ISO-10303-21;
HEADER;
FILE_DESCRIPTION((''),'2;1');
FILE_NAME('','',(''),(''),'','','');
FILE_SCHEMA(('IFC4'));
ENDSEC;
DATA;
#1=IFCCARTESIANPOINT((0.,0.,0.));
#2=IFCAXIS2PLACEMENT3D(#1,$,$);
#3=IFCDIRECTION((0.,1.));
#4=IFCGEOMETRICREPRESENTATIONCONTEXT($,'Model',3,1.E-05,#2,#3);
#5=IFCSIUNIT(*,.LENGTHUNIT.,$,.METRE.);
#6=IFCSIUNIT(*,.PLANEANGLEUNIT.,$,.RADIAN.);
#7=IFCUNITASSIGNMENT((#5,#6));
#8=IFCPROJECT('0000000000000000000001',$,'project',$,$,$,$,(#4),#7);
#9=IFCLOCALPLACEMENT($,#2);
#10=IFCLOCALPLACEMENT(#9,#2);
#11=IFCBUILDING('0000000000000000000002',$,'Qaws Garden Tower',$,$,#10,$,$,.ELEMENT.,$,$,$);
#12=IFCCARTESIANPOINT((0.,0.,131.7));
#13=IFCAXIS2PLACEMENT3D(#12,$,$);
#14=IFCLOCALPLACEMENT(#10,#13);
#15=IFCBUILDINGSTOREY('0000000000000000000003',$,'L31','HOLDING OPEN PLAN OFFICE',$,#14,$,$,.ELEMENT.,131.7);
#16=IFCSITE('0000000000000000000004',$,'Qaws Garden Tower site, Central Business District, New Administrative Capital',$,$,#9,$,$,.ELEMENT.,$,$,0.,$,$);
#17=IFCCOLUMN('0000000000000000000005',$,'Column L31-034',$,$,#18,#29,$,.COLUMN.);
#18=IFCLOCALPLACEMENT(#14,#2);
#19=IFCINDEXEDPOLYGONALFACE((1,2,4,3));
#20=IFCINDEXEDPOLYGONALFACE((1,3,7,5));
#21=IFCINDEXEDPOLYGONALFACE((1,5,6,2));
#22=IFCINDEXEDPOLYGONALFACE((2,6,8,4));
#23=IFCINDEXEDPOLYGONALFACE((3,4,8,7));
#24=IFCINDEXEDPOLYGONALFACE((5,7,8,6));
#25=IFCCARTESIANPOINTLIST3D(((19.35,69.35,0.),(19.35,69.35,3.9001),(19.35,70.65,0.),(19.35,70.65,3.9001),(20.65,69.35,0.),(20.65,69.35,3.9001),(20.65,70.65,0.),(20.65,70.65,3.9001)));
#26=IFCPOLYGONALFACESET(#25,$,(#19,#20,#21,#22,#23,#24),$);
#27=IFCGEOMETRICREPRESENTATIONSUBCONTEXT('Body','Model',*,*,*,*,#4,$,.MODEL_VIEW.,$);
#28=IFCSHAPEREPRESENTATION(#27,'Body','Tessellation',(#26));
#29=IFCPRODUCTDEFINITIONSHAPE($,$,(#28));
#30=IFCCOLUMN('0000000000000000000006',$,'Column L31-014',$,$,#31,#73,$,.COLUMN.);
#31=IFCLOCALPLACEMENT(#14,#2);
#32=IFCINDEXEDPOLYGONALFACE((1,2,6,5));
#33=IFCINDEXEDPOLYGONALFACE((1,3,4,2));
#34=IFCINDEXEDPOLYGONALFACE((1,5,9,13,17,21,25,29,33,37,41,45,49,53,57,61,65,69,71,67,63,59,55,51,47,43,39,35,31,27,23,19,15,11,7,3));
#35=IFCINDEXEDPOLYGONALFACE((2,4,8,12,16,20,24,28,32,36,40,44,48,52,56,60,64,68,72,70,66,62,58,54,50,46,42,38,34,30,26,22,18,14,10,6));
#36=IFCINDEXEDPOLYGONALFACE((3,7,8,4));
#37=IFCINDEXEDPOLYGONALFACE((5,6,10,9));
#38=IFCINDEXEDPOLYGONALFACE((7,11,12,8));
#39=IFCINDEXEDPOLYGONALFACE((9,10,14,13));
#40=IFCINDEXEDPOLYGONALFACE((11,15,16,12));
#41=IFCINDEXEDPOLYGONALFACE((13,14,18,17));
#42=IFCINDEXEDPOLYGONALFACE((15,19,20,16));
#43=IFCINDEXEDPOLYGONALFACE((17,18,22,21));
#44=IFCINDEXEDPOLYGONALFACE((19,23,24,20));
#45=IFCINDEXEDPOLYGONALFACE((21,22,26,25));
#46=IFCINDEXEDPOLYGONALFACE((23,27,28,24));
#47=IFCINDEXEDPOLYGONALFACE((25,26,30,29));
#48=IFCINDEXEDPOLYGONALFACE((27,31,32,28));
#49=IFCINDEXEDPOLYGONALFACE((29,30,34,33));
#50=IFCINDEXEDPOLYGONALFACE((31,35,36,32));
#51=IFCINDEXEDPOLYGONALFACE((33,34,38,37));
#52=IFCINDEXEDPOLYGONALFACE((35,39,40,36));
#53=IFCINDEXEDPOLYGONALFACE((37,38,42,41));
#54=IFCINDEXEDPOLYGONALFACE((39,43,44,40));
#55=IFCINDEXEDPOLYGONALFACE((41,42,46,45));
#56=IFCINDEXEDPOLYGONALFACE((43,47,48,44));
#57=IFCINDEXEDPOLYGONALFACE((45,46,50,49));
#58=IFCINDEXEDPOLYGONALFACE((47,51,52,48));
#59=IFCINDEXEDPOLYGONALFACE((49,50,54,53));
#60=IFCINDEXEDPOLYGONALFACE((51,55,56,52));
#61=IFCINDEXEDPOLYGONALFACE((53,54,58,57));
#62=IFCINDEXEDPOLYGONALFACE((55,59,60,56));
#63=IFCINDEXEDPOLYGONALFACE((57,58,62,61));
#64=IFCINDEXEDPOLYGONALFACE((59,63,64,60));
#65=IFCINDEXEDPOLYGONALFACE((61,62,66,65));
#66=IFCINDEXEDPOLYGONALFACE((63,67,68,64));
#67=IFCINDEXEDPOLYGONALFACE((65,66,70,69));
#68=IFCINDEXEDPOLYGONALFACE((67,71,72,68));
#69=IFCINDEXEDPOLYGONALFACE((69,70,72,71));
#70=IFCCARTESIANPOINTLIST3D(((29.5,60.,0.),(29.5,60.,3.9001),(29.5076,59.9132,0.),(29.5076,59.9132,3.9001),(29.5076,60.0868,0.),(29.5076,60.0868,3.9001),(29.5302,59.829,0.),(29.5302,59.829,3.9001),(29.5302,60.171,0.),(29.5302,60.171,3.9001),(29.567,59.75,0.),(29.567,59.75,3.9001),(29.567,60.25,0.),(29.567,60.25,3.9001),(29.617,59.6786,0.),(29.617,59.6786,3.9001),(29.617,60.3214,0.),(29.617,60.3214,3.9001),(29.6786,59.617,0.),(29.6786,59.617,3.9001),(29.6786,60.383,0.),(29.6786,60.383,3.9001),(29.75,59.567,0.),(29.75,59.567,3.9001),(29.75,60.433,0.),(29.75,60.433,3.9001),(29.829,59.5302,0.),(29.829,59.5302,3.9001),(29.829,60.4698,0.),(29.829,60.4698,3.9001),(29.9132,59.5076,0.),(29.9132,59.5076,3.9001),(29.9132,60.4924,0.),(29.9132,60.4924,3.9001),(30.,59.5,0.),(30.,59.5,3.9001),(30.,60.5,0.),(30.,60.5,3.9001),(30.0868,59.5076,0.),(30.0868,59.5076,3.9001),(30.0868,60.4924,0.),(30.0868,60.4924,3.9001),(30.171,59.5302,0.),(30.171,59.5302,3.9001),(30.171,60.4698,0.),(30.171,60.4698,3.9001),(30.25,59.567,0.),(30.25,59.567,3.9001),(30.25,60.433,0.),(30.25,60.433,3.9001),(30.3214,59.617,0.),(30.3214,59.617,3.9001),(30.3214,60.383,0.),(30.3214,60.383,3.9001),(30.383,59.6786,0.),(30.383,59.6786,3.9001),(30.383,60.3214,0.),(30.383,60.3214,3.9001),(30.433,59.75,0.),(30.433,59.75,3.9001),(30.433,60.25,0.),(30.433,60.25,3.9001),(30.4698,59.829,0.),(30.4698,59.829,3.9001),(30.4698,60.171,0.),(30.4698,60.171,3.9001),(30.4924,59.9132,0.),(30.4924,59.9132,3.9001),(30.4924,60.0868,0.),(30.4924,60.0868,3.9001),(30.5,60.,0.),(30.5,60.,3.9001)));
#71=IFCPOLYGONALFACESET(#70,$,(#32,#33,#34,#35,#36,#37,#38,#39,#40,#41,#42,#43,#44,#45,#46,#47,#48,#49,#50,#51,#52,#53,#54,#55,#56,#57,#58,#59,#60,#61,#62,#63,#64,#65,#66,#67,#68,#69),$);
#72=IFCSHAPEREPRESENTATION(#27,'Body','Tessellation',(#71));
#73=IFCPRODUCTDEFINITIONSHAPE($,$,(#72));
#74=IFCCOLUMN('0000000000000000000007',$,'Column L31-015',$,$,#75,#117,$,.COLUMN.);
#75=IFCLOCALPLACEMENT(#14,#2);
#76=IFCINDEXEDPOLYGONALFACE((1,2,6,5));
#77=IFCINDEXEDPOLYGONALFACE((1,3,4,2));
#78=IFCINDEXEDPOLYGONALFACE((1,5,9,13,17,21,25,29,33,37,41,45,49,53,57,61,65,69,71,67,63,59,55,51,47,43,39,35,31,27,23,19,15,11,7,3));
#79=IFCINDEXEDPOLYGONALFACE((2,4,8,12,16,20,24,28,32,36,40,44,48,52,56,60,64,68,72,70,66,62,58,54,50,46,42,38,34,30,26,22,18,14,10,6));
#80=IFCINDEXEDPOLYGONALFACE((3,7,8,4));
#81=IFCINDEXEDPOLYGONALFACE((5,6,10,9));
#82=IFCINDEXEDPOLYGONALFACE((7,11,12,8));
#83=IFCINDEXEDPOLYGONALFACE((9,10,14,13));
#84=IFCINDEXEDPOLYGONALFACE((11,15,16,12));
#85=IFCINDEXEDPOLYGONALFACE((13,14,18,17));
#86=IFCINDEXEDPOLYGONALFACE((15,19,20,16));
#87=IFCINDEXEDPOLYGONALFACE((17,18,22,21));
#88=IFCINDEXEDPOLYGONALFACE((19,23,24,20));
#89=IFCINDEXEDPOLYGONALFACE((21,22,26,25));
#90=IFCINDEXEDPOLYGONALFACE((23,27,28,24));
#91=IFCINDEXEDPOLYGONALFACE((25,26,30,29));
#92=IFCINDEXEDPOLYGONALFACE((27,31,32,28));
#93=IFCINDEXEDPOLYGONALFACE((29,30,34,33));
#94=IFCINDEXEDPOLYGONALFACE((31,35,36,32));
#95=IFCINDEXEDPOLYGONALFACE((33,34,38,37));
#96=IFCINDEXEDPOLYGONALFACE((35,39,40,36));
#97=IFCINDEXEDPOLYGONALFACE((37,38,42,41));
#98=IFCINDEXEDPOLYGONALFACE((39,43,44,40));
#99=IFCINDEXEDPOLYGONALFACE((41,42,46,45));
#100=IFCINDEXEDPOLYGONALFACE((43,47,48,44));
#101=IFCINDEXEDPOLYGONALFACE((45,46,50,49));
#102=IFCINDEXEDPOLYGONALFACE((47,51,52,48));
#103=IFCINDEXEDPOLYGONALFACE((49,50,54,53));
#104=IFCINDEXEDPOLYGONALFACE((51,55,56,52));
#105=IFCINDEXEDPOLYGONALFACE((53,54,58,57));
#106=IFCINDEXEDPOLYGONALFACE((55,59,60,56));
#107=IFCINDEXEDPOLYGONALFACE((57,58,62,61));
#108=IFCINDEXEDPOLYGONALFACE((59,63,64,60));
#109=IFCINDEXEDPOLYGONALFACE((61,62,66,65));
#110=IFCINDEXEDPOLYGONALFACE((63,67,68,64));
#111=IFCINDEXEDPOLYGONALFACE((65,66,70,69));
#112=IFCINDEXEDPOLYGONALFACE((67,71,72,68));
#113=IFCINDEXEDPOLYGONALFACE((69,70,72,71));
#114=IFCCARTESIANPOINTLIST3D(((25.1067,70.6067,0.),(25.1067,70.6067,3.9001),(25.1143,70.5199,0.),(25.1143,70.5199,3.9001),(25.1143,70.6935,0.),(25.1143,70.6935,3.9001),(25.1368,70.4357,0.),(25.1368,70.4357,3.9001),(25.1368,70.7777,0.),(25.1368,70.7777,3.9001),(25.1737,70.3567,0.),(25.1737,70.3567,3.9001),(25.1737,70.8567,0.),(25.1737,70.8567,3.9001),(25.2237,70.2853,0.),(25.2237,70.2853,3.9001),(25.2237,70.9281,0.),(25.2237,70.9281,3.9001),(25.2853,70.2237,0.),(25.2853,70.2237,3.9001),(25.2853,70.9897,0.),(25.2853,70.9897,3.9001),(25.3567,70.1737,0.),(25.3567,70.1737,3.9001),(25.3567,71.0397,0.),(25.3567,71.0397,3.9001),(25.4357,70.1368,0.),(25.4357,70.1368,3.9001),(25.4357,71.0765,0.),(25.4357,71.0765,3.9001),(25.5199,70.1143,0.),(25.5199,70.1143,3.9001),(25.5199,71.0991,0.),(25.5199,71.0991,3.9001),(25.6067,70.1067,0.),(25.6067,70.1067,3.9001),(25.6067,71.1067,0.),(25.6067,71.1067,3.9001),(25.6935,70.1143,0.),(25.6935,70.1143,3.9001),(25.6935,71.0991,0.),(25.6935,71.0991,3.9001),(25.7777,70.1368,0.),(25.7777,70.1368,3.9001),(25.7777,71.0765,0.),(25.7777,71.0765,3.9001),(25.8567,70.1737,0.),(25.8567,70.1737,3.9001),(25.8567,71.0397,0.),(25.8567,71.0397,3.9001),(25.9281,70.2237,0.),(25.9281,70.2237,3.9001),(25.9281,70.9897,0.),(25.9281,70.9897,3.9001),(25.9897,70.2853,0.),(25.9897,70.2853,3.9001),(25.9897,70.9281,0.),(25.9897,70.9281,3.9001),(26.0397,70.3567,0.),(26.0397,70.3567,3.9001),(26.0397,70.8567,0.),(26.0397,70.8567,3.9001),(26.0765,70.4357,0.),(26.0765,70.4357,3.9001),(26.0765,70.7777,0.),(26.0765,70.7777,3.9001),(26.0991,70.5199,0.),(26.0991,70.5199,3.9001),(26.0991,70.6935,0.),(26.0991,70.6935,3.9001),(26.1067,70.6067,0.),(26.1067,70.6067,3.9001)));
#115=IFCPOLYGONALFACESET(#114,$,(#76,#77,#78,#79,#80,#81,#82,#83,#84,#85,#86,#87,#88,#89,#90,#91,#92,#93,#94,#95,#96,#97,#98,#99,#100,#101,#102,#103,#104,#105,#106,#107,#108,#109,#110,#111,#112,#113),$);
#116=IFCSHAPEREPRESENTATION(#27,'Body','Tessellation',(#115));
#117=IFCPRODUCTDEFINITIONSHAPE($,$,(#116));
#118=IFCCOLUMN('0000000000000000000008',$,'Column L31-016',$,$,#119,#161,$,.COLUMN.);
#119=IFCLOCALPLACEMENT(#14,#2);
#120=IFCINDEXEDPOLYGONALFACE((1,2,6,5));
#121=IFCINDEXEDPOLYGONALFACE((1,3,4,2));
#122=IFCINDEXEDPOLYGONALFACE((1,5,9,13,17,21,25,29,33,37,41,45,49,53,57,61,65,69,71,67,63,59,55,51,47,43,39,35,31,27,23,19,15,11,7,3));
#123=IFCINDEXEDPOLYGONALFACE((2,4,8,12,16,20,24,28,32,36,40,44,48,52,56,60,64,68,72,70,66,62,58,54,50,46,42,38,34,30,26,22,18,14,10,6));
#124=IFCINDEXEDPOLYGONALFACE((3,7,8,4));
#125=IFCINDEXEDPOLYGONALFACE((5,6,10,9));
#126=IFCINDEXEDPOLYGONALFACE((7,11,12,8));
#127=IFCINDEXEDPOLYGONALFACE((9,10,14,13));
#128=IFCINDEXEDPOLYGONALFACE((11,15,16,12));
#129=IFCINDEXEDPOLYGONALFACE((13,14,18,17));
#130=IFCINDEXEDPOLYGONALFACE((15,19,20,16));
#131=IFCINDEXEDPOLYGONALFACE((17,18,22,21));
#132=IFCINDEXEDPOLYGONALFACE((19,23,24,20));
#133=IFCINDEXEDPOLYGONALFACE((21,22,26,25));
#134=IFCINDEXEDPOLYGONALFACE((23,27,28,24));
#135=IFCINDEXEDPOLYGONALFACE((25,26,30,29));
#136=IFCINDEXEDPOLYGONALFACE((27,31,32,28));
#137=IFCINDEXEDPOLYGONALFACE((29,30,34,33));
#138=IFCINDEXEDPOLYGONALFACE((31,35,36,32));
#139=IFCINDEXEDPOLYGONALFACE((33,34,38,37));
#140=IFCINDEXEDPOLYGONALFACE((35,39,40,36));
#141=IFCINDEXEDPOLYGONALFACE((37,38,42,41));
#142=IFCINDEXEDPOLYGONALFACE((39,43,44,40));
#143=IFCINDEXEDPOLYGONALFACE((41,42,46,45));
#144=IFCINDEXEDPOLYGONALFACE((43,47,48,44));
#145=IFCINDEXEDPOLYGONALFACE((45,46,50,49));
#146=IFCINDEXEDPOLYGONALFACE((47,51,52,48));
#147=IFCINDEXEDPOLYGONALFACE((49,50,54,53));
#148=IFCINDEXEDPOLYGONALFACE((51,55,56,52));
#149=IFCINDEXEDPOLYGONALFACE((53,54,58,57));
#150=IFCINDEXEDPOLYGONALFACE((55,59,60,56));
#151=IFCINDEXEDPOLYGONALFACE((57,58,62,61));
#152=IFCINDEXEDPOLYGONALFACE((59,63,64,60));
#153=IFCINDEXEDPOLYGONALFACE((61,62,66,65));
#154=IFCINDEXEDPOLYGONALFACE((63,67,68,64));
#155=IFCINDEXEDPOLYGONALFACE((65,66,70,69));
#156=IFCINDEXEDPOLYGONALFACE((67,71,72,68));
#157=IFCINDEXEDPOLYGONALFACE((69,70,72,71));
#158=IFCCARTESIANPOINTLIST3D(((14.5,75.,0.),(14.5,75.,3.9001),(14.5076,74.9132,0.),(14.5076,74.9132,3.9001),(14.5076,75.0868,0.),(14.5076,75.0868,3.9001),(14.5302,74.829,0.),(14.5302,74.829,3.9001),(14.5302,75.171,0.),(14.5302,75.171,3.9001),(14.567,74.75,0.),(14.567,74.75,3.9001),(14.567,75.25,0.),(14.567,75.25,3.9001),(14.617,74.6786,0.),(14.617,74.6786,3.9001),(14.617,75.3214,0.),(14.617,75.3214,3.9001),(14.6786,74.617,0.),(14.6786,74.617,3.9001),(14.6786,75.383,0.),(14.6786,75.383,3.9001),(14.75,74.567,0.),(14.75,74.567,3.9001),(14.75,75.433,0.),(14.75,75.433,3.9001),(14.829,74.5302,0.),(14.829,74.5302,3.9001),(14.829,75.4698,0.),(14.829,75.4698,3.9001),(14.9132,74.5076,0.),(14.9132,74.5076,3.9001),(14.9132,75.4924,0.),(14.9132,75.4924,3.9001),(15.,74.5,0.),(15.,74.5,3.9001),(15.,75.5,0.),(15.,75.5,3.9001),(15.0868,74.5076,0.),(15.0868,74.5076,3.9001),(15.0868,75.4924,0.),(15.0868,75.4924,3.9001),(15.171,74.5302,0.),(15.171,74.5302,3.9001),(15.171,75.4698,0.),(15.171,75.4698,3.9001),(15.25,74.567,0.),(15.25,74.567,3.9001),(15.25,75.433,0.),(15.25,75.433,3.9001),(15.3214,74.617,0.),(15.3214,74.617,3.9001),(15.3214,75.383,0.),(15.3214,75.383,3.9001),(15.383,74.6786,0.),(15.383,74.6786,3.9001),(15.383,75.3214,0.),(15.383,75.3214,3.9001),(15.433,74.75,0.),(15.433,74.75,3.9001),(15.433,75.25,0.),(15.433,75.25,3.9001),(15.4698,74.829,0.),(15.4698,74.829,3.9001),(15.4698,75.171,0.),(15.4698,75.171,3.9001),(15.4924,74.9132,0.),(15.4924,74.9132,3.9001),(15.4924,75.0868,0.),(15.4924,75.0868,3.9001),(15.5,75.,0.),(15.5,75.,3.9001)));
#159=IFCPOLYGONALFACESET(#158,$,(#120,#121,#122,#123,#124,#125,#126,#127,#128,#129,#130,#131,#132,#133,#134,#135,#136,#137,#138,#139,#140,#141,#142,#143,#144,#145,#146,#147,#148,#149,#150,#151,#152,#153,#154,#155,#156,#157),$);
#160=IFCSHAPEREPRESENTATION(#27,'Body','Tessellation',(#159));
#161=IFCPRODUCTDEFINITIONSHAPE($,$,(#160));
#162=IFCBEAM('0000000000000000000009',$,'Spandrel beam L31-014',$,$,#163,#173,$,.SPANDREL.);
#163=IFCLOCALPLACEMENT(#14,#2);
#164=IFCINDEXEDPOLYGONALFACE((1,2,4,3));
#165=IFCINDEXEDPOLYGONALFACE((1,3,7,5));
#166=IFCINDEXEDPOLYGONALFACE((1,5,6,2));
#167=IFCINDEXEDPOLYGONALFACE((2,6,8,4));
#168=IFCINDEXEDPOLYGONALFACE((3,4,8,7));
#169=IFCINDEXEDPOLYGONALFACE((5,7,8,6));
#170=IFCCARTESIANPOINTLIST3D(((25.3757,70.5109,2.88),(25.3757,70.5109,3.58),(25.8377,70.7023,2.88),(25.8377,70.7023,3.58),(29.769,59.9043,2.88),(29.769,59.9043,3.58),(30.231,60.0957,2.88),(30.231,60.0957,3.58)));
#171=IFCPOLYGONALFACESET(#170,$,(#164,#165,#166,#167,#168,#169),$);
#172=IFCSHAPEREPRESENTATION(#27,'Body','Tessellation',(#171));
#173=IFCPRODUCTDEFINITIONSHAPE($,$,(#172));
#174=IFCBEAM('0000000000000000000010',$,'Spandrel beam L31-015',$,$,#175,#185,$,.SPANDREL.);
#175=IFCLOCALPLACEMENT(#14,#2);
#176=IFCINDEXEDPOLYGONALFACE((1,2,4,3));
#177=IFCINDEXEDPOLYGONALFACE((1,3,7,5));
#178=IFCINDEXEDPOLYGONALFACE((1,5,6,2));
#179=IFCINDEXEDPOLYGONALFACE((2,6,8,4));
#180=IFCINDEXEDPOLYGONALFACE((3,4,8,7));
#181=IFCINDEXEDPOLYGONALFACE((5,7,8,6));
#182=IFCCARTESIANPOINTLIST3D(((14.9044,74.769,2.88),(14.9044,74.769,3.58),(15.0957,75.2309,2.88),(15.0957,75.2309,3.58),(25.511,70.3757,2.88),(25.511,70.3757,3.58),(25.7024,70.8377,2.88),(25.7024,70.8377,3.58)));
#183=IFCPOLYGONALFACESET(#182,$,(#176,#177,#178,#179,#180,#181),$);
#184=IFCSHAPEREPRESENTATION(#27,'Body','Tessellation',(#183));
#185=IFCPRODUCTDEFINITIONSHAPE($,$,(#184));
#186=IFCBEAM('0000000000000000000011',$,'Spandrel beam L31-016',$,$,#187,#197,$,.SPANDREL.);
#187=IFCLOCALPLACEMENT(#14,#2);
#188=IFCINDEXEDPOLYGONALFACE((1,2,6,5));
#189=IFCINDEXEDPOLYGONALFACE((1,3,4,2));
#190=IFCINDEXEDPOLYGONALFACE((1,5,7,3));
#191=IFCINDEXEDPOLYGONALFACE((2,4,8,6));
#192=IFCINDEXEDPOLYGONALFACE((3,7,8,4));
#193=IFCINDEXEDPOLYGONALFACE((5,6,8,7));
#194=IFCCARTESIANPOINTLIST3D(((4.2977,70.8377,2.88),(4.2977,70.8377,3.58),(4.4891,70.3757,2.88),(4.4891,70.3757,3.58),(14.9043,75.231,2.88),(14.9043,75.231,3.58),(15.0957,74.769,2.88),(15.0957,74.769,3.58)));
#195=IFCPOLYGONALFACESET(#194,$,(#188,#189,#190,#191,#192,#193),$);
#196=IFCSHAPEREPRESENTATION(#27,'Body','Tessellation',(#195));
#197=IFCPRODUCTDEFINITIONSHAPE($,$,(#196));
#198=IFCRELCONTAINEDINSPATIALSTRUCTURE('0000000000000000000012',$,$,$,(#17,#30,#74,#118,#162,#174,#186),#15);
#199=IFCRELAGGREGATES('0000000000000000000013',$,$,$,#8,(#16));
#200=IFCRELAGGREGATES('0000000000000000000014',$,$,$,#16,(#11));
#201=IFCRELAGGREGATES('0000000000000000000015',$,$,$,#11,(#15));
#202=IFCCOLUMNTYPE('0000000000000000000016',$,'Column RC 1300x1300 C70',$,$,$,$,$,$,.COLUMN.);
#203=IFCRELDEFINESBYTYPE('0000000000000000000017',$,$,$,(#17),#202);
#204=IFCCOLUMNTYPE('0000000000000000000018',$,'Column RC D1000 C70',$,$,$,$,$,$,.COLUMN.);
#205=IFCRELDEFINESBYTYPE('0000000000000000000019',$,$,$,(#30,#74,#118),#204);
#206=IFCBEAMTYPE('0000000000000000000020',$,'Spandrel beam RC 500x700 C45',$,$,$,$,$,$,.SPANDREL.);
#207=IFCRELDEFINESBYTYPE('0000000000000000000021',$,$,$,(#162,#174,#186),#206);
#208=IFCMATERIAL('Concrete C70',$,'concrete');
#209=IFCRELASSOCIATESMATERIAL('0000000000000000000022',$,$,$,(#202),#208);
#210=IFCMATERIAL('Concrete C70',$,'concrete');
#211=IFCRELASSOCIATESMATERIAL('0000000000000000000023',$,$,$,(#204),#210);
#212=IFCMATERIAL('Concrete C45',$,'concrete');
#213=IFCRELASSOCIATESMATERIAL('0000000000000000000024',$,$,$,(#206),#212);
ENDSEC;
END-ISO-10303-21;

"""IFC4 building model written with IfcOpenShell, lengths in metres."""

from ifc_helpers import new_model, si_unit, direction, frame, origin, origin_2d, place, context, subcontext, project, spatial, rectangle, circle, extrude, material, material_profile, profile_set, type_object, element, save


model = new_model("IFC4")

# Units and contexts
model_context = context("Model", 3, precision=1e-05, world=origin(), true_north=direction((0.0, 1.0)))
body_context = subcontext(model_context, "Body", "Model", "MODEL_VIEW")
ifc_project = project(units=[si_unit("LENGTHUNIT", "METRE"), si_unit("PLANEANGLEUNIT", "RADIAN")], contexts=[model_context])

# Site, building, storey
site_placement = place(None, origin())
site = spatial("IfcSite", under=ifc_project, at=site_placement, Name="Qaws Garden Tower site, Central Business District, New Administrative Capital", CompositionType="ELEMENT", RefElevation=0.0)
building_placement = place(site_placement, origin())
building = spatial("IfcBuilding", under=site, at=building_placement, Name="Qaws Garden Tower", CompositionType="ELEMENT")
storey_placement = place(building_placement, frame((0.0, 0.0, 131.7)))
storey = spatial("IfcBuildingStorey", under=building, at=storey_placement, Name="L31", Description="HOLDING OPEN PLAN OFFICE", CompositionType="ELEMENT", Elevation=131.7)

# Columns
ifc_material_1 = material(Name="Concrete C70", Category="concrete")
ifc_material_profile_1 = material_profile(ifc_material_1, rectangle(XDim=1.3, YDim=1.3, at=origin_2d()), Name="RC 1300x1300")
ifc_profile_set_1 = profile_set([ifc_material_profile_1], Name="Concrete C70")
column_type_1 = type_object("IfcColumnType", Name="Column RC 1300x1300 C70", PredefinedType="COLUMN", material=ifc_profile_set_1)
column_placement = place(storey_placement, frame((20.0, 70.0, 0.0), z_axis=(0.0, 0.0, 1.0), x_axis=(1.0, 0.0, 0.0)))
element("IfcColumn", 1, at=column_placement, inside=storey, type_object=column_type_1, Name="Column L31-034", PredefinedType="COLUMN", context=body_context, shape_type="SweptSolid", body=[
    extrude(rectangle(XDim=1.3, YDim=1.3, at=origin_2d()), origin(), (0.0, 0.0, 1.0), 3.9001),
])
ifc_material_2 = material(Name="Concrete C70", Category="concrete")
ifc_material_profile_2 = material_profile(ifc_material_2, circle(Radius=0.5, at=origin_2d()), Name="RC D1000")
ifc_profile_set_2 = profile_set([ifc_material_profile_2], Name="Concrete C70")
column_type_2 = type_object("IfcColumnType", Name="Column RC D1000 C70", PredefinedType="COLUMN", material=ifc_profile_set_2)
for number, where, z_axis, x_axis, name in (
    (2, (30.0, 60.0, 0.0), (0.0, 0.0, 1.0), (1.0, 0.0, 0.0), "Column L31-014"),
    (3, (25.6067, 70.6067, 0.0), (0.0, 0.0, 1.0), (1.0, 0.0, 0.0), "Column L31-015"),
    (4, (15.0, 75.0, 0.0), (0.0, 0.0, 1.0), (1.0, 0.0, 0.0), "Column L31-016"),
):
    element("IfcColumn", number, at=place(storey_placement, frame(where, z_axis=z_axis, x_axis=x_axis)), inside=storey, type_object=column_type_2, Name=name, PredefinedType="COLUMN", context=body_context, shape_type="SweptSolid", body=[
        extrude(circle(Radius=0.5, at=origin_2d()), origin(), (0.0, 0.0, 1.0), 3.9001),
    ])

# Beams
ifc_material_3 = material(Name="Concrete C45", Category="concrete")
ifc_material_profile_3 = material_profile(ifc_material_3, rectangle(XDim=0.5, YDim=0.7, at=origin_2d()), Name="RC 500x700")
ifc_profile_set_3 = profile_set([ifc_material_profile_3], Name="Concrete C45")
beam_type = type_object("IfcBeamType", Name="Spandrel beam RC 500x700 C45", PredefinedType="SPANDREL", material=ifc_profile_set_3)
for number, where, z_axis, x_axis, name in (
    (5, (30.0, 60.0, 3.23), (-0.382674, 0.923883, 0.0), (-0.923883, -0.382674, 0.0), "Spandrel beam L31-014"),
    (6, (25.6067, 70.6067, 3.23), (-0.923883, 0.382674, 0.0), (-0.382674, -0.923883, 0.0), "Spandrel beam L31-015"),
    (7, (15.0, 75.0, 3.23), (-0.923883, -0.382674, 0.0), (0.382674, -0.923883, 0.0), "Spandrel beam L31-016"),
):
    element("IfcBeam", number, at=place(storey_placement, frame(where, z_axis=z_axis, x_axis=x_axis)), inside=storey, type_object=beam_type, Name=name, PredefinedType="SPANDREL", context=body_context, shape_type="SweptSolid", body=[
        extrude(rectangle(XDim=0.5, YDim=0.7, at=origin_2d()), origin(), (0.0, 0.0, 1.0), 11.4805),
    ])

save(model, "model.ifc")
